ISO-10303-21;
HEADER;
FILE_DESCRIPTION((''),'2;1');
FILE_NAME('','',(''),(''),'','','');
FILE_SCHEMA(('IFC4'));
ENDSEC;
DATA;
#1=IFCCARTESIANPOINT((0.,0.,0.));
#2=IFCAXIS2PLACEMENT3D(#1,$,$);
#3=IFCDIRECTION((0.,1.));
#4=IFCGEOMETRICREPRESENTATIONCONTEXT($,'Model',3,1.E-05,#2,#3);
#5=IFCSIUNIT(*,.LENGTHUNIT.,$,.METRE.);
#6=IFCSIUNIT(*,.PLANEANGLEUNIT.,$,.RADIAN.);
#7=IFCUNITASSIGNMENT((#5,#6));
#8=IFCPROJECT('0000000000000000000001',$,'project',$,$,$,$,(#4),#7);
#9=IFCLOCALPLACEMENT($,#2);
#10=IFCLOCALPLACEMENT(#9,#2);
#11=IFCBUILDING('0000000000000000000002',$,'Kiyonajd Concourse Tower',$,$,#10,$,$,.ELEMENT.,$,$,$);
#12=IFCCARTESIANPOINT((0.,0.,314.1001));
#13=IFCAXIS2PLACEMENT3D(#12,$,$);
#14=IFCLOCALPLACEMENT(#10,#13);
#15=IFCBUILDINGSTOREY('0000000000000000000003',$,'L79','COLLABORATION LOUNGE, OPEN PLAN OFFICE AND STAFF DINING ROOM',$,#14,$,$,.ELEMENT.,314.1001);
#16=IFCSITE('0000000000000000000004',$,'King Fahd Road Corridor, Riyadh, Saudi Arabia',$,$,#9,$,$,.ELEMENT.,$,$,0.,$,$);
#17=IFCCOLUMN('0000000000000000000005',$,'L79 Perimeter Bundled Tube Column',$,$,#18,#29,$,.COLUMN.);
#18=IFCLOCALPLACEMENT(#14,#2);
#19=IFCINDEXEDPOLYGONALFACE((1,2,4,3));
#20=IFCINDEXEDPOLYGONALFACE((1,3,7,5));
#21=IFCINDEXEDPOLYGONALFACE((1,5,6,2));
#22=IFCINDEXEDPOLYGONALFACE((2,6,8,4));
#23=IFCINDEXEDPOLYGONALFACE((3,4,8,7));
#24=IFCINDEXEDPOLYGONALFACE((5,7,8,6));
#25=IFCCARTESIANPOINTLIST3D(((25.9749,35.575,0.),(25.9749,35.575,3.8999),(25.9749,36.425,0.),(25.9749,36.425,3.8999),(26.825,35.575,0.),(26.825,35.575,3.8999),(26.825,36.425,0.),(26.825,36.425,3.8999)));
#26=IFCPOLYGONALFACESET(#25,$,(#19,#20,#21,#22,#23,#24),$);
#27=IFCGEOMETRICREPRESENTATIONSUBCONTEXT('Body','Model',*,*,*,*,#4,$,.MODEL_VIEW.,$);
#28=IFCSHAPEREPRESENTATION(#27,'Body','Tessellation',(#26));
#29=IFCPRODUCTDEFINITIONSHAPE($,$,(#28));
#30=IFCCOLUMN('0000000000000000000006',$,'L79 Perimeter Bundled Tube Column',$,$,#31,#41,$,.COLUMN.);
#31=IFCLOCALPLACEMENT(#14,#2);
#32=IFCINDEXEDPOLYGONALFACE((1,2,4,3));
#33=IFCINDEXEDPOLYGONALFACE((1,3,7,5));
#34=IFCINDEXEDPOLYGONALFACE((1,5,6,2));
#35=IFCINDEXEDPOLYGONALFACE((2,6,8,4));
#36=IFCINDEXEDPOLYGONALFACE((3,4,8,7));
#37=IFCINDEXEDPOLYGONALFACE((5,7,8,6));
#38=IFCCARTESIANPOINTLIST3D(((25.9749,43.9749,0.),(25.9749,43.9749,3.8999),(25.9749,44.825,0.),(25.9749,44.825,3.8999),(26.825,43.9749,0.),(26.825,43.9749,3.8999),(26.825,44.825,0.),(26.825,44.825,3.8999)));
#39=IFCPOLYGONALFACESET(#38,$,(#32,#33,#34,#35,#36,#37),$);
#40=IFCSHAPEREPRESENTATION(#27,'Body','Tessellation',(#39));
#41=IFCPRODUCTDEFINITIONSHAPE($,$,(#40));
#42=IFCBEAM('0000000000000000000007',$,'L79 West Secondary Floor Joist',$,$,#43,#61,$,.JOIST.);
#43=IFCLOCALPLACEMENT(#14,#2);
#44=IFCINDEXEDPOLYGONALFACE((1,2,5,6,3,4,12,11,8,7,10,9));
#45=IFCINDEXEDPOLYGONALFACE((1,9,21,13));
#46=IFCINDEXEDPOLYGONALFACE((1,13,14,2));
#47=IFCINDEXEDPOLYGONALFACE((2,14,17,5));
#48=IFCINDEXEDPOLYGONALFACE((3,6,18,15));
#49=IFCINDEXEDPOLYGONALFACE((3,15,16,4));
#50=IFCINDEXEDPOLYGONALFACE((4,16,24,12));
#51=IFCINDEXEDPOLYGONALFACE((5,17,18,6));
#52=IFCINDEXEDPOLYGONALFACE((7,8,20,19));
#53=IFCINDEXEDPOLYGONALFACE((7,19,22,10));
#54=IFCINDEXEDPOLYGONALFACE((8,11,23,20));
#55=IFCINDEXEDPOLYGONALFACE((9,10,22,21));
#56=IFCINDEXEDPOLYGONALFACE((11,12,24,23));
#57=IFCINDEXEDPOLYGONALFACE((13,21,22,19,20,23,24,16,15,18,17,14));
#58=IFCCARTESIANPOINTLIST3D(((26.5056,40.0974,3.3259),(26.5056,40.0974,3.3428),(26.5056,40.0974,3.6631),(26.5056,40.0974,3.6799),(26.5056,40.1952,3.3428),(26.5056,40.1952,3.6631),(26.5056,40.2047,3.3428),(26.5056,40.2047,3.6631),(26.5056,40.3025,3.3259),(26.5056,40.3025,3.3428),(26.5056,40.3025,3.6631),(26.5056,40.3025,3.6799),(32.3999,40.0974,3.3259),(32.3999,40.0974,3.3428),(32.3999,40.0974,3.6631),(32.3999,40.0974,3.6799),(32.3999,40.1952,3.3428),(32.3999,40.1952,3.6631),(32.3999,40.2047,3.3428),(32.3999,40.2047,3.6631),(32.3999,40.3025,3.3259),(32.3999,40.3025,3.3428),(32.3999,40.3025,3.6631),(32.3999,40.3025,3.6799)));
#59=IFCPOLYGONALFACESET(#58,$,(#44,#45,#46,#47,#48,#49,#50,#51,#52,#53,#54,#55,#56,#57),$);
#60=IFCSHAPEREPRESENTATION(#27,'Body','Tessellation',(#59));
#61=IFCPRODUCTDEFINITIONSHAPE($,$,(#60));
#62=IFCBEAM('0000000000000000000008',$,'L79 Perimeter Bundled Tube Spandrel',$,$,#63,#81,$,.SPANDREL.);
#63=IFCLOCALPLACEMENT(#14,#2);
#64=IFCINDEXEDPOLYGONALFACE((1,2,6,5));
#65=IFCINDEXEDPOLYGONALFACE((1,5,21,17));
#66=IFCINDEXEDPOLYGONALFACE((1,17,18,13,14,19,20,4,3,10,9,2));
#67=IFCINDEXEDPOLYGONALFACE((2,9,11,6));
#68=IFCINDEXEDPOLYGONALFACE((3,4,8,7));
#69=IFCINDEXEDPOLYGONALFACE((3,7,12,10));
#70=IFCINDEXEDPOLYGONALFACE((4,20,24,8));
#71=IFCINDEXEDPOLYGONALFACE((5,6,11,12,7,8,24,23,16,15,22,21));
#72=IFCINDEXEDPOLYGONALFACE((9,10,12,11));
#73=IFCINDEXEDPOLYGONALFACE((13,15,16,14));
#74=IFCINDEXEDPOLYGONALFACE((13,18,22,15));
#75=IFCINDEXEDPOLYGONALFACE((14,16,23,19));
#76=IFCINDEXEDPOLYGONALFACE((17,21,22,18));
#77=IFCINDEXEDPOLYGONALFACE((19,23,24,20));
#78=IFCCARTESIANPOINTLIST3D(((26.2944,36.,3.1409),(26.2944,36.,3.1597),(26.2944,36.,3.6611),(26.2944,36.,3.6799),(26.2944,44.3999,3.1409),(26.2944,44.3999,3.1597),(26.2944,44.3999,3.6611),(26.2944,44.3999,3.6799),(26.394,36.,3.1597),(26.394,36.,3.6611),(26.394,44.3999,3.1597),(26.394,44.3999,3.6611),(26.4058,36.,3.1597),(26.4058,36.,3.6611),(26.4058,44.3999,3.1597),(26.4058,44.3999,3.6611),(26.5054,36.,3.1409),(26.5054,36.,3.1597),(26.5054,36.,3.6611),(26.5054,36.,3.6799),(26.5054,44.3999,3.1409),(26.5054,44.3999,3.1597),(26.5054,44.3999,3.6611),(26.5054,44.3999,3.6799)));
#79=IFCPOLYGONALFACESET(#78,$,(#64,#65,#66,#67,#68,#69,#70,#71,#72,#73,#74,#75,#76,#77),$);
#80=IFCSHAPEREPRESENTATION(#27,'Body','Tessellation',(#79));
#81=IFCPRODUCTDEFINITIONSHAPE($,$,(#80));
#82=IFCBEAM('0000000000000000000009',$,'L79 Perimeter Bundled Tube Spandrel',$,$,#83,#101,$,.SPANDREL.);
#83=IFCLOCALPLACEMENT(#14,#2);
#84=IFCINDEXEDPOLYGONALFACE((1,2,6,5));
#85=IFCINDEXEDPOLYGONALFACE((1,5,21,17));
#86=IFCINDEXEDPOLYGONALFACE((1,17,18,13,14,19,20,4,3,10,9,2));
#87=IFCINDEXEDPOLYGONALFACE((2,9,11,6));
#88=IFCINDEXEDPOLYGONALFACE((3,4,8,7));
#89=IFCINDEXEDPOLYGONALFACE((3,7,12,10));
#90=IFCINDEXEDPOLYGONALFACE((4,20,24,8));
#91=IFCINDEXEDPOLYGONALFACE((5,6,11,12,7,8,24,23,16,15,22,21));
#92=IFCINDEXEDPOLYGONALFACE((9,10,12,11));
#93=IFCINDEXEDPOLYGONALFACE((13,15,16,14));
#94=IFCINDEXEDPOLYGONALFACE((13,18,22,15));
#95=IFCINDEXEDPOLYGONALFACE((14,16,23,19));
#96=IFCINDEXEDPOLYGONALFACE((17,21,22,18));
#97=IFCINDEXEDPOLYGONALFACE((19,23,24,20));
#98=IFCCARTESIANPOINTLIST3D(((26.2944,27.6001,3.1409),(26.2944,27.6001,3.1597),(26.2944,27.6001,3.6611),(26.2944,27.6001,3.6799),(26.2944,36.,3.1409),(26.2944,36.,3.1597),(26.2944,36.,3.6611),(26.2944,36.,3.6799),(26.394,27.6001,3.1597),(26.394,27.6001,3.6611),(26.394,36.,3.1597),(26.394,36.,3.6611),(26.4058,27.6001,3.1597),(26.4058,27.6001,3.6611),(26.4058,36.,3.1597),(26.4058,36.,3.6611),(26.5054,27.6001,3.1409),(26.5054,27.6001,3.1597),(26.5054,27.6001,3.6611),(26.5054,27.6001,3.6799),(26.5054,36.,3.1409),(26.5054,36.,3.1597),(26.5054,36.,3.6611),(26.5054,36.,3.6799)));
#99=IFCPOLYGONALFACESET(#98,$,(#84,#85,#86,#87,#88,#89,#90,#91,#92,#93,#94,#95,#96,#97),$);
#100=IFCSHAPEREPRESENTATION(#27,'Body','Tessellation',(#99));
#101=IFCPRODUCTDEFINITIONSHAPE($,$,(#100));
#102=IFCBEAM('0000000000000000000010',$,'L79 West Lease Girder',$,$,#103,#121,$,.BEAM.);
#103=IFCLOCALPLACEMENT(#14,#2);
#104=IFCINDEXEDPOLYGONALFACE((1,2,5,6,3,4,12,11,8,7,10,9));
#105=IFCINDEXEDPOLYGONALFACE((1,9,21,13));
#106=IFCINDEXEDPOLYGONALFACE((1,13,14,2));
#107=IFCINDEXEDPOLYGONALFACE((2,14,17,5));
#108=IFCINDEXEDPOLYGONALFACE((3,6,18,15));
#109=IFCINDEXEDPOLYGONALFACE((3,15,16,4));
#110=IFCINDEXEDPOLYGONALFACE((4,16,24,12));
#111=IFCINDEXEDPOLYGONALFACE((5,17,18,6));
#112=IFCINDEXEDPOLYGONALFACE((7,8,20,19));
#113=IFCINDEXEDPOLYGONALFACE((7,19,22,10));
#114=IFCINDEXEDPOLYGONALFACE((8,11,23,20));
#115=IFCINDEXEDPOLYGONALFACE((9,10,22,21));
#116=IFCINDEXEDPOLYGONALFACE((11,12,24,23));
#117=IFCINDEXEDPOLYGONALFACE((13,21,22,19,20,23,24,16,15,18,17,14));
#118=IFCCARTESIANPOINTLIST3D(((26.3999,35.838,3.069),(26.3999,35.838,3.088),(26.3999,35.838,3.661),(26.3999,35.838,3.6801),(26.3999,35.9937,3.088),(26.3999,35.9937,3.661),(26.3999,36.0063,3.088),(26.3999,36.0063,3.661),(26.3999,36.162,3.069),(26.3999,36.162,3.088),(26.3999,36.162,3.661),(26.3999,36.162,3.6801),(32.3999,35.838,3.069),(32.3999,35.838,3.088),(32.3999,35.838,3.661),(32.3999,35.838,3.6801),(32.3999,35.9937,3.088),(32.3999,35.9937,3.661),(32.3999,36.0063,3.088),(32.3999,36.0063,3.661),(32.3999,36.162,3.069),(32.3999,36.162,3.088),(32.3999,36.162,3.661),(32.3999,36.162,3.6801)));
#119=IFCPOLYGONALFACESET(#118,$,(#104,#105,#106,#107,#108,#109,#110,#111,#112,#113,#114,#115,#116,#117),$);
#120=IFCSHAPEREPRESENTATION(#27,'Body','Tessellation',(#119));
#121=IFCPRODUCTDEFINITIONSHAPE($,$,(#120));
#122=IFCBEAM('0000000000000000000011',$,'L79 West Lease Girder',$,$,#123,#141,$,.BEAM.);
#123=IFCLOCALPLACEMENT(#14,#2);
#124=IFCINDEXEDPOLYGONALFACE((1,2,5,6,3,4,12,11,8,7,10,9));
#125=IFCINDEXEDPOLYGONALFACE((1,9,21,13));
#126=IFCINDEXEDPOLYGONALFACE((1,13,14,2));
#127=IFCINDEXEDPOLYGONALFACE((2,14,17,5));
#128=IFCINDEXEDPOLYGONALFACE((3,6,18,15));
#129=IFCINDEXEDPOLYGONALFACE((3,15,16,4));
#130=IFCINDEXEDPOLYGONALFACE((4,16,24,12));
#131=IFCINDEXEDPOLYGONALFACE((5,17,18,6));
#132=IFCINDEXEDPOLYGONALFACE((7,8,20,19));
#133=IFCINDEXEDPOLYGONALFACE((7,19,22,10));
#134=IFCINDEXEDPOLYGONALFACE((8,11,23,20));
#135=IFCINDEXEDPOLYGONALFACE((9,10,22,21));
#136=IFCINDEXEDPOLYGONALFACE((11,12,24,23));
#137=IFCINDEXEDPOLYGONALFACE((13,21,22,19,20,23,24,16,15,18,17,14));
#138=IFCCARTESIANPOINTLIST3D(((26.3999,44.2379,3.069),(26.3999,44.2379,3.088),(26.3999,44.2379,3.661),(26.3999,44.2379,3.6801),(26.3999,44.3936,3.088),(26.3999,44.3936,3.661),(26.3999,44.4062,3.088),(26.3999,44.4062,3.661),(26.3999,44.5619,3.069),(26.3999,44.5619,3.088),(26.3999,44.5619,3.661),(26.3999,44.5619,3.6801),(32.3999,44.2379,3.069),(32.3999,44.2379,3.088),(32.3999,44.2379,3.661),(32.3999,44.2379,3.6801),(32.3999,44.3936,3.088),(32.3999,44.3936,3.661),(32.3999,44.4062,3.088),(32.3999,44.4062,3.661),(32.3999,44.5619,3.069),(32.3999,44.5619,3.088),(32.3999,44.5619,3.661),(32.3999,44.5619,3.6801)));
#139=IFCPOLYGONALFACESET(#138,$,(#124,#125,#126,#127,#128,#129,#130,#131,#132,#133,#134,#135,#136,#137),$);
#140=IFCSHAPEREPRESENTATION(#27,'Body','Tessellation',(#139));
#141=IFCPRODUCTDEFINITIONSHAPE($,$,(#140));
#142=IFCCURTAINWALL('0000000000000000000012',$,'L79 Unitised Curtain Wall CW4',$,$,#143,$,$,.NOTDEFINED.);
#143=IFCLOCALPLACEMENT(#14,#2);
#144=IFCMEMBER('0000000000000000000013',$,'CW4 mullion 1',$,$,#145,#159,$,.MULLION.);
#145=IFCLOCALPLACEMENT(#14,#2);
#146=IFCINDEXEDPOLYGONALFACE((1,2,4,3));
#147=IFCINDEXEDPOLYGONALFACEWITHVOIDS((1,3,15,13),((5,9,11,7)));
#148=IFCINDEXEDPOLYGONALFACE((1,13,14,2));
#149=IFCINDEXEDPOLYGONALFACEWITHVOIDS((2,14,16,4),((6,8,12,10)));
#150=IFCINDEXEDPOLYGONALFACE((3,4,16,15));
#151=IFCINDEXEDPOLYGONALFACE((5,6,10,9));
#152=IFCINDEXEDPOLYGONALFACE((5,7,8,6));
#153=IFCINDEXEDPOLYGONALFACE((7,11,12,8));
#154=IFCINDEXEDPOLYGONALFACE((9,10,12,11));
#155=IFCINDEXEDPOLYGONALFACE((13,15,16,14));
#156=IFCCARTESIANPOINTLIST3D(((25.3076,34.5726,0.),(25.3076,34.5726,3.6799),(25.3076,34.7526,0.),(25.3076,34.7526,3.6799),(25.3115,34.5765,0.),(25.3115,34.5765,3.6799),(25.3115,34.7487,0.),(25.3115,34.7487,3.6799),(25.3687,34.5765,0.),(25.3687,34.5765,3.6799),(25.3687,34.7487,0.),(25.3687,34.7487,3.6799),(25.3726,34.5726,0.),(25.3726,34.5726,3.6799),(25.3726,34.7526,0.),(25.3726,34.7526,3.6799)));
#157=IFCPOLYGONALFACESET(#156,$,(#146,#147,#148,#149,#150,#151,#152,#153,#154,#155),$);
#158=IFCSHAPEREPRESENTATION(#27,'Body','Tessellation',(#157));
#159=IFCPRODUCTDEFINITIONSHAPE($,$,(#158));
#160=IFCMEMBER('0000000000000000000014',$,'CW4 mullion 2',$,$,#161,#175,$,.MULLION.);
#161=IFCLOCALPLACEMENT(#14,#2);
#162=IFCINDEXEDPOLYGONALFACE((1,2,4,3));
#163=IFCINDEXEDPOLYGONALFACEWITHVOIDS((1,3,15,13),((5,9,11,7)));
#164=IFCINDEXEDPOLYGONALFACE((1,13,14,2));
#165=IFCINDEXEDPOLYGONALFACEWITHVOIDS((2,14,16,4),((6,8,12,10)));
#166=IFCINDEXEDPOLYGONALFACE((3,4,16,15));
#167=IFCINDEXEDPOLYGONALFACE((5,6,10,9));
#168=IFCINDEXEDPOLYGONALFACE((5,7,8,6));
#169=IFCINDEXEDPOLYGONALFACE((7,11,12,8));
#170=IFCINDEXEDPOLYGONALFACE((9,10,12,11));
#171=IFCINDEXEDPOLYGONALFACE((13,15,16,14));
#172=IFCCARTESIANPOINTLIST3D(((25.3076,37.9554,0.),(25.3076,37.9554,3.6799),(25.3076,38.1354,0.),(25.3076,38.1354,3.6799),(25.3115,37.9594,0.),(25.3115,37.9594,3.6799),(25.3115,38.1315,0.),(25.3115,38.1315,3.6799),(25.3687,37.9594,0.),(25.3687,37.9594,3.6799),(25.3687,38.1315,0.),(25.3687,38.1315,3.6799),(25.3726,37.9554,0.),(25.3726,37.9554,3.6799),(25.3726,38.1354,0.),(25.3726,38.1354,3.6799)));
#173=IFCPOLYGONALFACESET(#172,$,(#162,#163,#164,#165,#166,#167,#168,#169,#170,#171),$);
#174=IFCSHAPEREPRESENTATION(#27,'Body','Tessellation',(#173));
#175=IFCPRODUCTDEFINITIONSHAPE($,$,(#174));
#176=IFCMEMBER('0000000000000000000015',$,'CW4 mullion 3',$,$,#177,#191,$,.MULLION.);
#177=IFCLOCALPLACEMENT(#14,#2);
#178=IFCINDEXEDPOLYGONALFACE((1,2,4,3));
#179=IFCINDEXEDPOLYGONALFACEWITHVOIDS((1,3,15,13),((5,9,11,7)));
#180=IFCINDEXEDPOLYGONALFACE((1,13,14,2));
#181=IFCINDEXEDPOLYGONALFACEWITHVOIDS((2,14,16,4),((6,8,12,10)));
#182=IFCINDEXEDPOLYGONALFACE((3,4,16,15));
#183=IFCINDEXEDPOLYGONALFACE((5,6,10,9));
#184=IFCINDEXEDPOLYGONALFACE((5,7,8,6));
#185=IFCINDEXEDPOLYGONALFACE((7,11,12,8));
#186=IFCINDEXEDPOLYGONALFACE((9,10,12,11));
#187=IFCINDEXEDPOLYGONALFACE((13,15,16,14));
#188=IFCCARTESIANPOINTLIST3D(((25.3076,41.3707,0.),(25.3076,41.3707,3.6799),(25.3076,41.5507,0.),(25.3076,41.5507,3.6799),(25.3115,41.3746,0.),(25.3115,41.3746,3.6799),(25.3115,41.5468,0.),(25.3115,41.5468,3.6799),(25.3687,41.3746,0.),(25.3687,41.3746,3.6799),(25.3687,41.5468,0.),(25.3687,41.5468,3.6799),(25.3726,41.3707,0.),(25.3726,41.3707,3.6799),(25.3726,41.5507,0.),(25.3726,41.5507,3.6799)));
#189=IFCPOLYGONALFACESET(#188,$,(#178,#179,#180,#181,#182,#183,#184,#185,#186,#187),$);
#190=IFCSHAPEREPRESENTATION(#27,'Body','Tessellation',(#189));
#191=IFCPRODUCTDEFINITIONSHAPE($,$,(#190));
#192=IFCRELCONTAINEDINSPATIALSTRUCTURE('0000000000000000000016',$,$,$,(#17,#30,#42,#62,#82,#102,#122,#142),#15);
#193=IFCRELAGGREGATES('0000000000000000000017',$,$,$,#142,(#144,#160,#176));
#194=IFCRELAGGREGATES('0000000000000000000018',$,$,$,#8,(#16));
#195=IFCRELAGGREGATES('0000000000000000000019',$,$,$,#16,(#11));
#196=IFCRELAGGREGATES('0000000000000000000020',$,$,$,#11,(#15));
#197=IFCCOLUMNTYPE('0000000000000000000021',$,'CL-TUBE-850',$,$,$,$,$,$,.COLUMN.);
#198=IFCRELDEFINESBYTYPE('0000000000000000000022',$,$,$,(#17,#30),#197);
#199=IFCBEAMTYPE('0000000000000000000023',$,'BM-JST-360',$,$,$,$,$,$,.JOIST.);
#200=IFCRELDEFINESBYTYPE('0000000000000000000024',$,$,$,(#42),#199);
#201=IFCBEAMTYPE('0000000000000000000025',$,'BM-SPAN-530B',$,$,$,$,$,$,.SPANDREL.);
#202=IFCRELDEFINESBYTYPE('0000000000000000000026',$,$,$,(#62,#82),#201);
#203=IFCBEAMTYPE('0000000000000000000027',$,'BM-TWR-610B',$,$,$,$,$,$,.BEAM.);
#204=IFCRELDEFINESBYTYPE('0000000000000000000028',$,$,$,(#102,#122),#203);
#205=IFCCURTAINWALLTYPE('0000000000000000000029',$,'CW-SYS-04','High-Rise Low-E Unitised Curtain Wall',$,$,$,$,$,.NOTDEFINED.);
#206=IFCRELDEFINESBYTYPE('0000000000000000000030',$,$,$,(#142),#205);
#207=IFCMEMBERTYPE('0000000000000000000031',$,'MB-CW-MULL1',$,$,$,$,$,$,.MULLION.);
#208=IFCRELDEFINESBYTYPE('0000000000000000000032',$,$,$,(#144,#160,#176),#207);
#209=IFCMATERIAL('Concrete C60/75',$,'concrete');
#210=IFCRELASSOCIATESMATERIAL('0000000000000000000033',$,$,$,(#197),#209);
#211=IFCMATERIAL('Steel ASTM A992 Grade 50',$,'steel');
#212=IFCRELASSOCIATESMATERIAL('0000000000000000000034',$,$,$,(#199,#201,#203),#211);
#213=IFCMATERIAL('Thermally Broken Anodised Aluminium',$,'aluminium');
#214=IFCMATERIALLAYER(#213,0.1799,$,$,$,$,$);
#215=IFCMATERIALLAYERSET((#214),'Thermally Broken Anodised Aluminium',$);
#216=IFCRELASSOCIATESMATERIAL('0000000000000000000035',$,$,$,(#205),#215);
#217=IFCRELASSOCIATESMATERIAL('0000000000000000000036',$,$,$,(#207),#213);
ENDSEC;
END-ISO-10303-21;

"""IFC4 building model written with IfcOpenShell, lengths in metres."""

from ifc_helpers import new_model, si_unit, direction, frame, origin, origin_2d, place, context, subcontext, project, spatial, rectangle, hollow_rectangle, i_section, extrude, material, layer, layer_set, material_profile, profile_set, type_object, element, aggregate, save


model = new_model("IFC4")

# Units and contexts
model_context = context("Model", 3, precision=1e-05, world=origin(), true_north=direction((0.0, 1.0)))
body_context = subcontext(model_context, "Body", "Model", "MODEL_VIEW")
ifc_project = project(units=[si_unit("LENGTHUNIT", "METRE"), si_unit("PLANEANGLEUNIT", "RADIAN")], contexts=[model_context])

# Site, building, storey
site_placement = place(None, origin())
site = spatial("IfcSite", under=ifc_project, at=site_placement, Name="King Fahd Road Corridor, Riyadh, Saudi Arabia", CompositionType="ELEMENT", RefElevation=0.0)
building_placement = place(site_placement, origin())
building = spatial("IfcBuilding", under=site, at=building_placement, Name="Kiyonajd Concourse Tower", CompositionType="ELEMENT")
storey_placement = place(building_placement, frame((0.0, 0.0, 314.1001)))
storey = spatial("IfcBuildingStorey", under=building, at=storey_placement, Name="L79", Description="COLLABORATION LOUNGE, OPEN PLAN OFFICE AND STAFF DINING ROOM", CompositionType="ELEMENT", Elevation=314.1001)

# Columns
ifc_material_1 = material(Name="Concrete C60/75", Category="concrete")
ifc_material_profile_1 = material_profile(ifc_material_1, rectangle(XDim=0.8501, YDim=0.8501, at=origin_2d()), Name="RC-850x850")
ifc_profile_set_1 = profile_set([ifc_material_profile_1], Name="Concrete C60/75")
column_type = type_object("IfcColumnType", Name="CL-TUBE-850", PredefinedType="COLUMN", material=ifc_profile_set_1)
for number, where, z_axis, x_axis, name in (
    (1, (26.3999, 36.0, 0.0), (0.0, 0.0, 1.0), (1.0, 0.0, 0.0), "L79 Perimeter Bundled Tube Column"),
    (2, (26.3999, 44.3999, 0.0), (0.0, 0.0, 1.0), (1.0, 0.0, 0.0), "L79 Perimeter Bundled Tube Column"),
):
    element("IfcColumn", number, at=place(storey_placement, frame(where, z_axis=z_axis, x_axis=x_axis)), inside=storey, type_object=column_type, Name=name, PredefinedType="COLUMN", context=body_context, shape_type="SweptSolid", body=[
        extrude(rectangle(XDim=0.8501, YDim=0.8501, at=origin_2d()), origin(), (0.0, 0.0, 1.0), 3.8999),
    ])

# Beams
ifc_material_2 = material(Name="Steel ASTM A992 Grade 50", Category="steel")
ifc_material_profile_2 = material_profile(ifc_material_2, i_section(OverallWidth=0.2051, OverallDepth=0.354, WebThickness=0.0095, FlangeThickness=0.0168, at=origin_2d()), Name="W360X79")
ifc_profile_set_2 = profile_set([ifc_material_profile_2], Name="Steel ASTM A992 Grade 50")
beam_type_1 = type_object("IfcBeamType", Name="BM-JST-360", PredefinedType="JOIST", material=ifc_profile_set_2)
beam_placement = place(storey_placement, frame((26.5056, 40.2, 3.5029), z_axis=(1.0, 0.0, 0.0), x_axis=(0.0, 1.0, 0.0)))
element("IfcBeam", 3, at=beam_placement, inside=storey, type_object=beam_type_1, Name="L79 West Secondary Floor Joist", PredefinedType="JOIST", context=body_context, shape_type="SweptSolid", body=[
    extrude(i_section(OverallWidth=0.2051, OverallDepth=0.354, WebThickness=0.0095, FlangeThickness=0.0168, at=origin_2d()), origin(), (0.0, 0.0, 1.0), 5.8943),
])
ifc_material_profile_3 = material_profile(ifc_material_2, i_section(OverallWidth=0.2109, OverallDepth=0.5391, WebThickness=0.0117, FlangeThickness=0.0188, at=origin_2d()), Name="W530X109")
ifc_profile_set_3 = profile_set([ifc_material_profile_3], Name="Steel ASTM A992 Grade 50")
beam_type_2 = type_object("IfcBeamType", Name="BM-SPAN-530B", PredefinedType="SPANDREL", material=ifc_profile_set_3)
for number, where, z_axis, x_axis, name in (
    (4, (26.3999, 44.3999, 3.4104), (0.0, -1.0, 0.0), (1.0, 0.0, 0.0), "L79 Perimeter Bundled Tube Spandrel"),
    (5, (26.3999, 36.0, 3.4104), (0.0, -1.0, 0.0), (1.0, 0.0, 0.0), "L79 Perimeter Bundled Tube Spandrel"),
):
    element("IfcBeam", number, at=place(storey_placement, frame(where, z_axis=z_axis, x_axis=x_axis)), inside=storey, type_object=beam_type_2, Name=name, PredefinedType="SPANDREL", context=body_context, shape_type="SweptSolid", body=[
        extrude(i_section(OverallWidth=0.2109, OverallDepth=0.5391, WebThickness=0.0117, FlangeThickness=0.0188, at=origin_2d()), origin(), (0.0, 0.0, 1.0), 8.3999),
    ])
ifc_material_profile_4 = material_profile(ifc_material_2, i_section(OverallWidth=0.324, OverallDepth=0.6111, WebThickness=0.0127, FlangeThickness=0.019, at=origin_2d()), Name="W610X155")
ifc_profile_set_4 = profile_set([ifc_material_profile_4], Name="Steel ASTM A992 Grade 50")
beam_type_3 = type_object("IfcBeamType", Name="BM-TWR-610B", PredefinedType="BEAM", material=ifc_profile_set_4)
for number, where, z_axis, x_axis, name in (
    (6, (26.3999, 36.0, 3.3745), (1.0, 0.0, 0.0), (0.0, 1.0, 0.0), "L79 West Lease Girder"),
    (7, (26.3999, 44.3999, 3.3745), (1.0, 0.0, 0.0), (0.0, 1.0, 0.0), "L79 West Lease Girder"),
):
    element("IfcBeam", number, at=place(storey_placement, frame(where, z_axis=z_axis, x_axis=x_axis)), inside=storey, type_object=beam_type_3, Name=name, PredefinedType="BEAM", context=body_context, shape_type="SweptSolid", body=[
        extrude(i_section(OverallWidth=0.324, OverallDepth=0.6111, WebThickness=0.0127, FlangeThickness=0.019, at=origin_2d()), origin(), (0.0, 0.0, 1.0), 6.0),
    ])

# Curtain wall, members
ifc_material_3 = material(Name="Thermally Broken Anodised Aluminium", Category="aluminium")
ifc_layer_1 = layer(ifc_material_3, 0.1799)
ifc_layer_set_1 = layer_set([ifc_layer_1], Name="Thermally Broken Anodised Aluminium")
curtain_wall_type = type_object("IfcCurtainWallType", Name="CW-SYS-04", Description="High-Rise Low-E Unitised Curtain Wall", PredefinedType="NOTDEFINED", material=ifc_layer_set_1)
curtain_wall_placement = place(storey_placement, origin())
curtain_wall = element("IfcCurtainWall", 8, at=curtain_wall_placement, inside=storey, type_object=curtain_wall_type, Name="L79 Unitised Curtain Wall CW4", PredefinedType="NOTDEFINED")
ifc_material_profile_5 = material_profile(ifc_material_3, hollow_rectangle(XDim=0.0649, YDim=0.1799, WallThickness=0.0039, at=origin_2d()), Name="MULL-65x180")
ifc_profile_set_5 = profile_set([ifc_material_profile_5], Name="Thermally Broken Anodised Aluminium")
member_type_1 = type_object("IfcMemberType", Name="MB-CW-MULL1", PredefinedType="MULLION", material=ifc_profile_set_5)
member_1_placement = place(storey_placement, frame((25.3401, 34.6626, 0.0), z_axis=(0.0, 0.0, 1.0), x_axis=(-1.0, 0.0, 0.0)))
member_1 = element("IfcMember", 9, at=member_1_placement, type_object=member_type_1, Name="CW4 mullion 1", PredefinedType="MULLION", context=body_context, shape_type="SweptSolid", body=[
    extrude(hollow_rectangle(XDim=0.0649, YDim=0.1799, WallThickness=0.0039, at=origin_2d()), origin(), (0.0, 0.0, 1.0), 3.6799),
])
member_2_placement = place(storey_placement, frame((25.3401, 38.0454, 0.0), z_axis=(0.0, 0.0, 1.0), x_axis=(-1.0, 0.0, 0.0)))
member_2 = element("IfcMember", 10, at=member_2_placement, type_object=member_type_1, Name="CW4 mullion 2", PredefinedType="MULLION", context=body_context, shape_type="SweptSolid", body=[
    extrude(hollow_rectangle(XDim=0.0649, YDim=0.1799, WallThickness=0.0039, at=origin_2d()), origin(), (0.0, 0.0, 1.0), 3.6799),
])
member_3_placement = place(storey_placement, frame((25.3401, 41.4607, 0.0), z_axis=(0.0, 0.0, 1.0), x_axis=(-1.0, 0.0, 0.0)))
member_3 = element("IfcMember", 11, at=member_3_placement, type_object=member_type_1, Name="CW4 mullion 3", PredefinedType="MULLION", context=body_context, shape_type="SweptSolid", body=[
    extrude(hollow_rectangle(XDim=0.0649, YDim=0.1799, WallThickness=0.0039, at=origin_2d()), origin(), (0.0, 0.0, 1.0), 3.6799),
])

aggregate(curtain_wall, [member_1, member_2, member_3])

save(model, "model.ifc")
